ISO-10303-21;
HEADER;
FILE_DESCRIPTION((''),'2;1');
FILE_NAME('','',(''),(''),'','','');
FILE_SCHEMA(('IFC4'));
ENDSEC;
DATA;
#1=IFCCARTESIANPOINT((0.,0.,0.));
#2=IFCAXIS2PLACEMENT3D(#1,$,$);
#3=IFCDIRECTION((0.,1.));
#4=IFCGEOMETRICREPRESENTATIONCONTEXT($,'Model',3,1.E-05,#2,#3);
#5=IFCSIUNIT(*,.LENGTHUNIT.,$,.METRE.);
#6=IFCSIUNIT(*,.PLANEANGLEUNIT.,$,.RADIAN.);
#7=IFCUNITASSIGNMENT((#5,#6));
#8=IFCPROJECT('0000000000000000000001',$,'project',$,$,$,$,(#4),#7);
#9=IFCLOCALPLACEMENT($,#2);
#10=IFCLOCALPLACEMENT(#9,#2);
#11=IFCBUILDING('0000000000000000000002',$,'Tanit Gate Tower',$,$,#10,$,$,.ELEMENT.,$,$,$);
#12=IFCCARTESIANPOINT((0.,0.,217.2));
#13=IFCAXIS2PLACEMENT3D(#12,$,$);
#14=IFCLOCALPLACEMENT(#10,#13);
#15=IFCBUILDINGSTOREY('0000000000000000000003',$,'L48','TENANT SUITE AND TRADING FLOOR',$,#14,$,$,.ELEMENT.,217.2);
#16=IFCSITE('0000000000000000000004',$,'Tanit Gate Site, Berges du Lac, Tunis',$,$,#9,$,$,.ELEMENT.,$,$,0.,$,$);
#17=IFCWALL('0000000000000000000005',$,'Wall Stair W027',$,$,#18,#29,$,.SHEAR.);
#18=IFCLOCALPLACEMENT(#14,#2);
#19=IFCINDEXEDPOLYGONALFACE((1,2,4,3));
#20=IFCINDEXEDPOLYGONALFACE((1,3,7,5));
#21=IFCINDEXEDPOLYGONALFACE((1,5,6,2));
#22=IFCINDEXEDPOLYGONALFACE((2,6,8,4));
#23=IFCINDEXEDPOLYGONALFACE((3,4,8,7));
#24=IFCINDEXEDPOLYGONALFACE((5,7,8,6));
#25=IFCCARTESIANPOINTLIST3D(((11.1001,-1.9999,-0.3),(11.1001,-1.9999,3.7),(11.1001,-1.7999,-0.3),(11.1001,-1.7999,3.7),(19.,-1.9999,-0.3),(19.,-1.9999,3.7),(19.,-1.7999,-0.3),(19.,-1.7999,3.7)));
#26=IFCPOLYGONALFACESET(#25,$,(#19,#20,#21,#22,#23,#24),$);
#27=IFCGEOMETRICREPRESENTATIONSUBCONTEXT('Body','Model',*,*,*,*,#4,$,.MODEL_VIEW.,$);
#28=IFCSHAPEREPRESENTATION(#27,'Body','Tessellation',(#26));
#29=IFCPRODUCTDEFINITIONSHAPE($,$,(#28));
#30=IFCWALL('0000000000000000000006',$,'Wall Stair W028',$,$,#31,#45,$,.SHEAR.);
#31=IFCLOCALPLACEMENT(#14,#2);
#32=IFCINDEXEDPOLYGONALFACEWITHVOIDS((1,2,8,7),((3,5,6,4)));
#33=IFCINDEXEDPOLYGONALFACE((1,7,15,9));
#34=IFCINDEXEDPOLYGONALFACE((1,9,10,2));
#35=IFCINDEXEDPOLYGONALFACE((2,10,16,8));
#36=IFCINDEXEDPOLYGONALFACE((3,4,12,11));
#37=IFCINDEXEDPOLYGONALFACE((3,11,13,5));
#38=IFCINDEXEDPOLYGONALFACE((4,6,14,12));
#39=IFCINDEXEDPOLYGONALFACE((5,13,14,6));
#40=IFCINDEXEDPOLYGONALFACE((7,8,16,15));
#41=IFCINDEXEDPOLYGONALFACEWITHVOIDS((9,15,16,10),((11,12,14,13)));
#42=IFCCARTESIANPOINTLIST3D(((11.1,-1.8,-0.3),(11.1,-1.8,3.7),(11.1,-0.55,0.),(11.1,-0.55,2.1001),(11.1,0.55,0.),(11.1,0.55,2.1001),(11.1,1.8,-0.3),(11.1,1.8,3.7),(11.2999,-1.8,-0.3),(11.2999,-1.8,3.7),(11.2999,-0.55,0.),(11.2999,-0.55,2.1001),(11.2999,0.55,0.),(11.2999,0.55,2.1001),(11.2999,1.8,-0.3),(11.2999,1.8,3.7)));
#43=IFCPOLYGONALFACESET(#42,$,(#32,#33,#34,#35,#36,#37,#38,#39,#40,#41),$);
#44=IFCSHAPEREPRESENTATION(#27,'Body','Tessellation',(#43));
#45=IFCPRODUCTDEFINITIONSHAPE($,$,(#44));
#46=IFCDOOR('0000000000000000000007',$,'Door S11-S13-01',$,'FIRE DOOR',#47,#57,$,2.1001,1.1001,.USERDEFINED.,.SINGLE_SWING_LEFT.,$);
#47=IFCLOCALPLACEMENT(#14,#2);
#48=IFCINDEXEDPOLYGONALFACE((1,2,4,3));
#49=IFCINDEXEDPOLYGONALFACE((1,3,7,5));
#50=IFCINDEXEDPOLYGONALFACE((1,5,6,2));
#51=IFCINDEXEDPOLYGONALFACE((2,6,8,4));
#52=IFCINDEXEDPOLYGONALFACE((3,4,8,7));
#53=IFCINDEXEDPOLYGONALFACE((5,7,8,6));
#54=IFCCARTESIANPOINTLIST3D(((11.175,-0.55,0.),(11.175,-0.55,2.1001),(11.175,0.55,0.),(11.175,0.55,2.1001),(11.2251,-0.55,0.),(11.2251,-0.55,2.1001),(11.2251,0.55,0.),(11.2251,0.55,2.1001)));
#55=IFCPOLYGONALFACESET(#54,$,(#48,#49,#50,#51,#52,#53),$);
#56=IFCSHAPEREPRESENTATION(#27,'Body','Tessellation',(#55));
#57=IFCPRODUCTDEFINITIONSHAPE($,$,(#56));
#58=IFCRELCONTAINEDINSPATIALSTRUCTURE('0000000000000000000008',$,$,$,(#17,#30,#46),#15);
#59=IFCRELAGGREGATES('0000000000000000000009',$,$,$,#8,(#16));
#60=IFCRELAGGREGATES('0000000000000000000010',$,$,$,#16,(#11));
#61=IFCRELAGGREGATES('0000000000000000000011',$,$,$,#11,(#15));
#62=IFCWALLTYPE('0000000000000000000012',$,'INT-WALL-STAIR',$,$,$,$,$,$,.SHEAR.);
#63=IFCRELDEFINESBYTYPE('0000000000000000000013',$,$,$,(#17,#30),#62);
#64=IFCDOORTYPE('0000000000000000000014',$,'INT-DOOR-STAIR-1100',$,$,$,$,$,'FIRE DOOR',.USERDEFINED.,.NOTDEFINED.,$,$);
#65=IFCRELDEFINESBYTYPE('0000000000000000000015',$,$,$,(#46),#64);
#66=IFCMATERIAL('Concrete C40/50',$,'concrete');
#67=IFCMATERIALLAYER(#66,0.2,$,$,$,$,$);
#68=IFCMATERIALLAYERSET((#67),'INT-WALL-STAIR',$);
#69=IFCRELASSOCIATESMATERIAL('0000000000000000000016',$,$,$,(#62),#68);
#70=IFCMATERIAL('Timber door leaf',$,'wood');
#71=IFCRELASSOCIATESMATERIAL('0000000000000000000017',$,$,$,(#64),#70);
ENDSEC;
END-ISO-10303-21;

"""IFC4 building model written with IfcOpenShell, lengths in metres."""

from ifc_helpers import new_model, si_unit, direction, frame, frame_2d, origin, place, context, subcontext, project, spatial, rectangle, extrude, material, layer, layer_set, type_object, element, fill, save


model = new_model("IFC4")

# Units and contexts
model_context = context("Model", 3, precision=1e-05, world=origin(), true_north=direction((0.0, 1.0)))
body_context = subcontext(model_context, "Body", "Model", "MODEL_VIEW")
ifc_project = project(units=[si_unit("LENGTHUNIT", "METRE"), si_unit("PLANEANGLEUNIT", "RADIAN")], contexts=[model_context])

# Site, building, storey
site_placement = place(None, origin())
site = spatial("IfcSite", under=ifc_project, at=site_placement, Name="Tanit Gate Site, Berges du Lac, Tunis", CompositionType="ELEMENT", RefElevation=0.0)
building_placement = place(site_placement, origin())
building = spatial("IfcBuilding", under=site, at=building_placement, Name="Tanit Gate Tower", CompositionType="ELEMENT")
storey_placement = place(building_placement, frame((0.0, 0.0, 217.2)))
storey = spatial("IfcBuildingStorey", under=building, at=storey_placement, Name="L48", Description="TENANT SUITE AND TRADING FLOOR", CompositionType="ELEMENT", Elevation=217.2)

# Wall
ifc_material_1 = material(Name="Concrete C40/50", Category="concrete")
ifc_layer_1 = layer(ifc_material_1, 0.2)
ifc_layer_set_1 = layer_set([ifc_layer_1], Name="INT-WALL-STAIR")
wall_type_1 = type_object("IfcWallType", Name="INT-WALL-STAIR", PredefinedType="SHEAR", material=ifc_layer_set_1)
wall_1_placement = place(storey_placement, frame((11.1001, -1.8999, -0.3), z_axis=(0.0, 0.0, 1.0), x_axis=(1.0, 0.0, 0.0)))
element("IfcWall", 1, at=wall_1_placement, inside=storey, type_object=wall_type_1, Name="Wall Stair W027", PredefinedType="SHEAR", context=body_context, shape_type="SweptSolid", body=[
    extrude(rectangle(XDim=7.8999, YDim=0.2, at=frame_2d((3.95, 0.0))), origin(), (0.0, 0.0, 1.0), 4.0),
])

# Wall, opening, door
wall_2_placement = place(storey_placement, frame((11.2, -1.8, -0.3), z_axis=(0.0, 0.0, 1.0), x_axis=(0.0, 1.0, 0.0)))
wall_2 = element("IfcWall", 2, at=wall_2_placement, inside=storey, type_object=wall_type_1, Name="Wall Stair W028", PredefinedType="SHEAR", context=body_context, shape_type="SweptSolid", body=[
    extrude(rectangle(XDim=3.6001, YDim=0.2, at=frame_2d((1.8, 0.0))), origin(), (0.0, 0.0, 1.0), 4.0),
])
opening_1_placement = place(wall_2_placement, frame((1.25, 0.0, 0.3)))
opening_1 = element("IfcOpeningElement", 3, at=opening_1_placement, cuts=wall_2, PredefinedType="OPENING", context=body_context, shape_type="SweptSolid", body=[
    extrude(rectangle(XDim=1.1001, YDim=2.1001, at=frame_2d((0.55, 1.05))), frame((0.0, 0.1099, 0.0), z_axis=(0.0, -1.0, 0.0), x_axis=(1.0, 0.0, 0.0)), (0.0, 0.0, 1.0), 0.22),
])
ifc_material_2 = material(Name="Timber door leaf", Category="wood")
door_type_1 = type_object("IfcDoorType", Name="INT-DOOR-STAIR-1100", ElementType="FIRE DOOR", OperationType="NOTDEFINED", PredefinedType="USERDEFINED", material=ifc_material_2)
door_1_placement = place(opening_1_placement, origin())
door_1 = element("IfcDoor", 4, at=door_1_placement, inside=storey, type_object=door_type_1, Name="Door S11-S13-01", ObjectType="FIRE DOOR", OperationType="SINGLE_SWING_LEFT", OverallHeight=2.1001, OverallWidth=1.1001, PredefinedType="USERDEFINED", context=body_context, shape_type="SweptSolid", body=[
    extrude(rectangle(XDim=1.1001, YDim=2.1001, at=frame_2d((0.55, 1.05))), frame((0.0, 0.0249, 0.0), z_axis=(0.0, -1.0, 0.0), x_axis=(1.0, 0.0, 0.0)), (0.0, 0.0, 1.0), 0.05),
])
fill(opening_1, door_1)

save(model, "model.ifc")
